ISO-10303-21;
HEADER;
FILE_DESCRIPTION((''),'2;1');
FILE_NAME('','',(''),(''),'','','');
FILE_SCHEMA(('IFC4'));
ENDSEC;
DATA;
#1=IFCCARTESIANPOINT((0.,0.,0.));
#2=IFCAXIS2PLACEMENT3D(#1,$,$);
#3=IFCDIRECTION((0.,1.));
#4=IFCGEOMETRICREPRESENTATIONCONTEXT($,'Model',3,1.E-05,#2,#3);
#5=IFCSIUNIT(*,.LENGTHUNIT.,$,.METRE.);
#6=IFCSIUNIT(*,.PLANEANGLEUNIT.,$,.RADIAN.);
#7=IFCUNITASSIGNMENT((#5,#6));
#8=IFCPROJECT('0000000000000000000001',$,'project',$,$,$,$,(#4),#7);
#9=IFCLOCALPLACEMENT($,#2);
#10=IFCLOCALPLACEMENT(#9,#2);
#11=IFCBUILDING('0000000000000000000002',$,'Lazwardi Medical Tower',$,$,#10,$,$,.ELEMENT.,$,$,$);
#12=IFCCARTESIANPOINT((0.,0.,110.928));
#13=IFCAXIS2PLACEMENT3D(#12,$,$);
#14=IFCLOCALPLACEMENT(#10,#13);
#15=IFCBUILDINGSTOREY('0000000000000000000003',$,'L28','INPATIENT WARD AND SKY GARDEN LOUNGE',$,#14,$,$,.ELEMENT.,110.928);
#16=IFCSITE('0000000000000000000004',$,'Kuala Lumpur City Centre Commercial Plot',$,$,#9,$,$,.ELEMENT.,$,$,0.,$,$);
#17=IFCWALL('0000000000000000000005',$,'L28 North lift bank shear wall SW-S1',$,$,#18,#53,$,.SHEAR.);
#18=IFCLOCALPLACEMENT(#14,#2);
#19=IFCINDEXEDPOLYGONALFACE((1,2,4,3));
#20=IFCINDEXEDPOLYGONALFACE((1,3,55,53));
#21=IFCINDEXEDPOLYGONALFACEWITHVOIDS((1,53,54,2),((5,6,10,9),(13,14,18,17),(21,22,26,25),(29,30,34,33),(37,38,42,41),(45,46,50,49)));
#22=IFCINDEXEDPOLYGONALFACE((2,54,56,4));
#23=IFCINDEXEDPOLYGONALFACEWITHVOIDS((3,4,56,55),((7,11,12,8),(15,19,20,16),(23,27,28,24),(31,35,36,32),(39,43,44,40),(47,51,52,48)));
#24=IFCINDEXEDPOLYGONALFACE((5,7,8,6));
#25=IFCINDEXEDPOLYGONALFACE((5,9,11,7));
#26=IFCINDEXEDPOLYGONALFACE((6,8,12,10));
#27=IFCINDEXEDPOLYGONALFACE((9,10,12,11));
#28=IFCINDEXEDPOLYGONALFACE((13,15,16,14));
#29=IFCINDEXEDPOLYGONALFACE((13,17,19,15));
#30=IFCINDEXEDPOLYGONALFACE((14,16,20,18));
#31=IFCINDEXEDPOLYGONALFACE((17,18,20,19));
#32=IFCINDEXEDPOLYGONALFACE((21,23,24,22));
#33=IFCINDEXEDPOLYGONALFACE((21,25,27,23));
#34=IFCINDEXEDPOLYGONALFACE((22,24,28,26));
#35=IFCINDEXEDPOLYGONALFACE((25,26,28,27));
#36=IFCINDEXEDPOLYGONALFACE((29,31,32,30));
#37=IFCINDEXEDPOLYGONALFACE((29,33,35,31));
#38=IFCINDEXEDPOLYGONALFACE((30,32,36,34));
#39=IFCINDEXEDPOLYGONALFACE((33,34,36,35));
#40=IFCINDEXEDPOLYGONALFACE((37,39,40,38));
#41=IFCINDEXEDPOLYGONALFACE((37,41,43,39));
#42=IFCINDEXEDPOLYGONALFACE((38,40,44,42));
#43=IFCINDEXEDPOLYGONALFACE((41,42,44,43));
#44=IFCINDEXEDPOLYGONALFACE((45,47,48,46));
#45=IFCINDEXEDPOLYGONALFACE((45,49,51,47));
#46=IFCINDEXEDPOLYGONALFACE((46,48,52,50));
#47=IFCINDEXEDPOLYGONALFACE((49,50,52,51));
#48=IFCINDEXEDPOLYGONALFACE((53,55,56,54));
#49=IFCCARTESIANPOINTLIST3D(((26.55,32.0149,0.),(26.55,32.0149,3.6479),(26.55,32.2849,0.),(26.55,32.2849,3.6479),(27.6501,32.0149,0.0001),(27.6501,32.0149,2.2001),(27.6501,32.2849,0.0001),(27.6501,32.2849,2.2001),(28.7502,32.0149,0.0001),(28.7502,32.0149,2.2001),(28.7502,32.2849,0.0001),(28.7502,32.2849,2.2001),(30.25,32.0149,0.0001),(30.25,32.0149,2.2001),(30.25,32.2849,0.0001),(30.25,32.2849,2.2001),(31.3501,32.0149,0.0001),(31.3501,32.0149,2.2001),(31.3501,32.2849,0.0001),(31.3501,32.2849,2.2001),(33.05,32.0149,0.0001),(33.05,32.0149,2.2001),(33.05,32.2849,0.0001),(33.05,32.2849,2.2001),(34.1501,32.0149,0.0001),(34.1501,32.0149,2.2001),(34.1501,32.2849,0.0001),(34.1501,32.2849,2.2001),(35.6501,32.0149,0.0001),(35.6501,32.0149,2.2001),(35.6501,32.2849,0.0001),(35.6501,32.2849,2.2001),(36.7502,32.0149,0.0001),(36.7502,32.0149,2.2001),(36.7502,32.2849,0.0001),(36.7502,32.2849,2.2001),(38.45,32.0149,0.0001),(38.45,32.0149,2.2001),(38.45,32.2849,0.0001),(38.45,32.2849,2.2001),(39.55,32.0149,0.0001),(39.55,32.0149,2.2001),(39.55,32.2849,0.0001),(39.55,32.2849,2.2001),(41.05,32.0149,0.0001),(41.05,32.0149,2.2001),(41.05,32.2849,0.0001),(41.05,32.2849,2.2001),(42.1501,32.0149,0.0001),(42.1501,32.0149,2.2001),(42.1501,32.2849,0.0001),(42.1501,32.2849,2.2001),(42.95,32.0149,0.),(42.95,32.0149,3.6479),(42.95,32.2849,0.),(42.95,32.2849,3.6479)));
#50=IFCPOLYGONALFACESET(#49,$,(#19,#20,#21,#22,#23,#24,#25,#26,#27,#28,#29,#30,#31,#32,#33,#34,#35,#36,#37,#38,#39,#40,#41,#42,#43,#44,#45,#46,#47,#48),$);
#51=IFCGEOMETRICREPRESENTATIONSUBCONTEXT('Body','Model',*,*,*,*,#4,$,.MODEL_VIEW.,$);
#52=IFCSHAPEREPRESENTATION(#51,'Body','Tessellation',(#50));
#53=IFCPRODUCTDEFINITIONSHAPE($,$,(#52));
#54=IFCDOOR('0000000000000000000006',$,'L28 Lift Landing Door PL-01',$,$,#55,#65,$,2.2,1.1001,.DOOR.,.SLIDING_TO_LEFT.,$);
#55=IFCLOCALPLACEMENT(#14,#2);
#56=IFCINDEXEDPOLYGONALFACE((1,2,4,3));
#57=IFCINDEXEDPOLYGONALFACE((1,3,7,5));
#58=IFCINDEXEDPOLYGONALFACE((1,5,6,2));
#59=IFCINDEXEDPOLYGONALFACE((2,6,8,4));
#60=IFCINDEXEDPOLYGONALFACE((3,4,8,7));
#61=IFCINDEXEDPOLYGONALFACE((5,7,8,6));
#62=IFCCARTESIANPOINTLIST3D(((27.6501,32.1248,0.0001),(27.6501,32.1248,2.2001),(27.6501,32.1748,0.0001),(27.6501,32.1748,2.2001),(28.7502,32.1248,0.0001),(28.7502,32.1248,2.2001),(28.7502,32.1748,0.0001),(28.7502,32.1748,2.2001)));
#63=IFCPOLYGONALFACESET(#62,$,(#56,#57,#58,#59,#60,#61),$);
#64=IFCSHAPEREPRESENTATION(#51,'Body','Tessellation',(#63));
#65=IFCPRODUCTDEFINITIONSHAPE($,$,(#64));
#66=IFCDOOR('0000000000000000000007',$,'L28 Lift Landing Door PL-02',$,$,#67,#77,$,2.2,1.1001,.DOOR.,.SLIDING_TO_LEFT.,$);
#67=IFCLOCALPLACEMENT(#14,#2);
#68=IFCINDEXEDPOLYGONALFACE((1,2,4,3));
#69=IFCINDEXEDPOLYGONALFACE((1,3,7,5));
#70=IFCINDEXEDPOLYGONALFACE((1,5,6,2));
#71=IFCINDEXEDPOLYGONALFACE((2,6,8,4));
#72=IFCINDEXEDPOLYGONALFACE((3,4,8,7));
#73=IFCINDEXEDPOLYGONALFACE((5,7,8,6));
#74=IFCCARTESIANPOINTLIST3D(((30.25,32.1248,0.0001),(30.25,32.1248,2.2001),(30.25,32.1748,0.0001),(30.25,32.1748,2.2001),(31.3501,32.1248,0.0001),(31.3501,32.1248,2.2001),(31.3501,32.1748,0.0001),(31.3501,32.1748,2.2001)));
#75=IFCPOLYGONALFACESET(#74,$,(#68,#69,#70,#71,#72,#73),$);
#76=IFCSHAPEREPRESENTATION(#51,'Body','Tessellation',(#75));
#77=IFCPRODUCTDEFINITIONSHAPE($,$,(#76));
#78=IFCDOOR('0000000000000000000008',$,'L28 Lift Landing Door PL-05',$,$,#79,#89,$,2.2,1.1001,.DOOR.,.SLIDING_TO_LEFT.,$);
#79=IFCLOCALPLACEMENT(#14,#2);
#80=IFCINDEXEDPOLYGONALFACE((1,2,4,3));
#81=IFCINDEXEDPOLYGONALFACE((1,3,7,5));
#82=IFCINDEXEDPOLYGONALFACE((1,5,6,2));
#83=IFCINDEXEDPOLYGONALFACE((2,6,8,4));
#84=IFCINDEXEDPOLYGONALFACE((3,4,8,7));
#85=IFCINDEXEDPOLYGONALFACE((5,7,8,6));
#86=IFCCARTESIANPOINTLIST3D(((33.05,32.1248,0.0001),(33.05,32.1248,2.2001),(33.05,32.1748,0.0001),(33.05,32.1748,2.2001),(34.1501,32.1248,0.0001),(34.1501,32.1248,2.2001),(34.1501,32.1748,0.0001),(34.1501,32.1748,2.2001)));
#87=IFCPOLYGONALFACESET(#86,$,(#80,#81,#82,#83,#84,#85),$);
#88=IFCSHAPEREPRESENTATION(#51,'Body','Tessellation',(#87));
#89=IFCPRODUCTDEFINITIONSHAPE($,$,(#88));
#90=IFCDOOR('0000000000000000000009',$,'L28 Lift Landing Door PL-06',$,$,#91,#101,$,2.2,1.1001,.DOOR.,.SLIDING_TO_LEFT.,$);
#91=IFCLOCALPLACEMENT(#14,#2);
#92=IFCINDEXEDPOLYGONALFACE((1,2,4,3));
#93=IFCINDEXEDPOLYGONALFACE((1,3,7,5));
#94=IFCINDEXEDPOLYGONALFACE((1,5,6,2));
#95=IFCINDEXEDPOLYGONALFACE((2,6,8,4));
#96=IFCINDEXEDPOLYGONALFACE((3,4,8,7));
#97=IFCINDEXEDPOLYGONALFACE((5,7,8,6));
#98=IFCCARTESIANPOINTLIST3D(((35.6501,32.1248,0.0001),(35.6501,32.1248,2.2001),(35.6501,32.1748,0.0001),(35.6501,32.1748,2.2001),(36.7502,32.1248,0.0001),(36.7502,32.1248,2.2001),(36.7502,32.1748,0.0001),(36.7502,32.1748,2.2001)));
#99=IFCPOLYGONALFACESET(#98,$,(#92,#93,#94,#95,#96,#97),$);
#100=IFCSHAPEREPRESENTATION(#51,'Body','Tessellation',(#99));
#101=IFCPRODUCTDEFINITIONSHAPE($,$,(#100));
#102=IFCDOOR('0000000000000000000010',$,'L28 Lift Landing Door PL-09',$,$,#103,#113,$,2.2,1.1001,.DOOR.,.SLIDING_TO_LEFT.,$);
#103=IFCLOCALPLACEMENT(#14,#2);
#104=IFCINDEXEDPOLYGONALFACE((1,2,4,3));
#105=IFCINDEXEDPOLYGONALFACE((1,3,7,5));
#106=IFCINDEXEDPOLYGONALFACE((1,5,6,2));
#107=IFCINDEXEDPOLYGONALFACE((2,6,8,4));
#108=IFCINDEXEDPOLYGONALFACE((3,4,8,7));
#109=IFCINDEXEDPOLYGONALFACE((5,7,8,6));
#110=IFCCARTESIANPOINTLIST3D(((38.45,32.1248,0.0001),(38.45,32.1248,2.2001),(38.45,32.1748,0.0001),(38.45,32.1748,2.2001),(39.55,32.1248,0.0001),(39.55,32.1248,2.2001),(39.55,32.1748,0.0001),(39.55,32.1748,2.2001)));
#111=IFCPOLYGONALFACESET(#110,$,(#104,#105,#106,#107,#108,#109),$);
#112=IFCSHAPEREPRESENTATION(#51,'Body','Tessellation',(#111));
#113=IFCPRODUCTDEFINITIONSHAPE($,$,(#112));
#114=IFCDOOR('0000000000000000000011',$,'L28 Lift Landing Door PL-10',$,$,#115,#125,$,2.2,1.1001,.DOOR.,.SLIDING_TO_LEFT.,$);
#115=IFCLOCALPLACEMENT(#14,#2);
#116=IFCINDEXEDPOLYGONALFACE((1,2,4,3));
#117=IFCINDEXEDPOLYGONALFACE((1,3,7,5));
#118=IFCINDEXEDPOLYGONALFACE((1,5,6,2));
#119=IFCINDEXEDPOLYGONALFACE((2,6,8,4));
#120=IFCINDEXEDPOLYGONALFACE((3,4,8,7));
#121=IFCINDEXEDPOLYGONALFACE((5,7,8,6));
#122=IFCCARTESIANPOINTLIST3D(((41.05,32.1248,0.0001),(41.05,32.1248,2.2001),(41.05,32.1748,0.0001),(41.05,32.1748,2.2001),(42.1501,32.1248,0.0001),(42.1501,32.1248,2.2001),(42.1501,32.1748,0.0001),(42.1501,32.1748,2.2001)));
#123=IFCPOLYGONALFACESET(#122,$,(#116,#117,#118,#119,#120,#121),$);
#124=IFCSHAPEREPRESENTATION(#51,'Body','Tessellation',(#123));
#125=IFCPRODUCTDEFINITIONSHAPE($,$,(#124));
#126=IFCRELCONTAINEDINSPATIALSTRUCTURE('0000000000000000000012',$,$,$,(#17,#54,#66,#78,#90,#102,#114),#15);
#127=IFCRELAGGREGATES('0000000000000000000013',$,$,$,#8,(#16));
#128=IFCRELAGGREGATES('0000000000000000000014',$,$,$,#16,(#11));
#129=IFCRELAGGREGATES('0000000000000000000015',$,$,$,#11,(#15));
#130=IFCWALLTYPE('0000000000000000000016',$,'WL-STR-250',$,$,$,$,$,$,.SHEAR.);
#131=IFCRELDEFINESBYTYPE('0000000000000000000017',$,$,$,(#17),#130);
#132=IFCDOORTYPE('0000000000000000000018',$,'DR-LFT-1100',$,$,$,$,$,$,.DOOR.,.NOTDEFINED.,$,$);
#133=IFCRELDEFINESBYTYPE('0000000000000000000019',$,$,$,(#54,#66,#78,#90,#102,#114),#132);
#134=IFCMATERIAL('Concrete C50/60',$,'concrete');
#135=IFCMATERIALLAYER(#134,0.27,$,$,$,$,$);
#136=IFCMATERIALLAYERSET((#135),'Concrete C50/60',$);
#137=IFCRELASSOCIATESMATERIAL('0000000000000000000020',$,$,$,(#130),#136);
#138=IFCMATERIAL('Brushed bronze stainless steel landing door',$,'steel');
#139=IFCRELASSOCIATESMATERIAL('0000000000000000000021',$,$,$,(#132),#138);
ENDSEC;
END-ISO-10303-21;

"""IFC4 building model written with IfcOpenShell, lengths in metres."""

from ifc_helpers import new_model, si_unit, direction, frame, frame_2d, origin, place, context, subcontext, project, spatial, rectangle, extrude, material, layer, layer_set, type_object, element, fill, save


model = new_model("IFC4")

# Units and contexts
model_context = context("Model", 3, precision=1e-05, world=origin(), true_north=direction((0.0, 1.0)))
body_context = subcontext(model_context, "Body", "Model", "MODEL_VIEW")
ifc_project = project(units=[si_unit("LENGTHUNIT", "METRE"), si_unit("PLANEANGLEUNIT", "RADIAN")], contexts=[model_context])

# Site, building, storey
site_placement = place(None, origin())
site = spatial("IfcSite", under=ifc_project, at=site_placement, Name="Kuala Lumpur City Centre Commercial Plot", CompositionType="ELEMENT", RefElevation=0.0)
building_placement = place(site_placement, origin())
building = spatial("IfcBuilding", under=site, at=building_placement, Name="Lazwardi Medical Tower", CompositionType="ELEMENT")
storey_placement = place(building_placement, frame((0.0, 0.0, 110.928)))
storey = spatial("IfcBuildingStorey", under=building, at=storey_placement, Name="L28", Description="INPATIENT WARD AND SKY GARDEN LOUNGE", CompositionType="ELEMENT", Elevation=110.928)

# Wall, openings, doors
ifc_material_1 = material(Name="Concrete C50/60", Category="concrete")
ifc_layer_1 = layer(ifc_material_1, 0.27)
ifc_layer_set_1 = layer_set([ifc_layer_1], Name="Concrete C50/60")
wall_type_1 = type_object("IfcWallType", Name="WL-STR-250", PredefinedType="SHEAR", material=ifc_layer_set_1)
wall_1_placement = place(storey_placement, frame((26.55, 32.1499, 0.0), z_axis=(0.0, 0.0, 1.0), x_axis=(1.0, 0.0, 0.0)))
wall_1 = element("IfcWall", 1, at=wall_1_placement, inside=storey, type_object=wall_type_1, Name="L28 North lift bank shear wall SW-S1", PredefinedType="SHEAR", context=body_context, shape_type="SweptSolid", body=[
    extrude(rectangle(XDim=16.3999, YDim=0.27, at=frame_2d((8.2, 0.0))), origin(), (0.0, 0.0, 1.0), 3.6479),
])
opening_1_placement = place(wall_1_placement, frame((1.1001, 0.0, 0.0)))
opening_1 = element("IfcOpeningElement", 2, at=opening_1_placement, cuts=wall_1, PredefinedType="OPENING", context=body_context, shape_type="SweptSolid", body=[
    extrude(rectangle(XDim=1.1001, YDim=2.2, at=frame_2d((0.55, 1.1001))), frame((0.0, 0.145, 0.0), z_axis=(0.0, -1.0, 0.0), x_axis=(1.0, 0.0, 0.0)), (0.0, 0.0, 1.0), 0.29),
])
opening_2_placement = place(wall_1_placement, frame((3.7, 0.0, 0.0)))
opening_2 = element("IfcOpeningElement", 3, at=opening_2_placement, cuts=wall_1, PredefinedType="OPENING", context=body_context, shape_type="SweptSolid", body=[
    extrude(rectangle(XDim=1.1001, YDim=2.2, at=frame_2d((0.55, 1.1001))), frame((0.0, 0.145, 0.0), z_axis=(0.0, -1.0, 0.0), x_axis=(1.0, 0.0, 0.0)), (0.0, 0.0, 1.0), 0.29),
])
opening_3_placement = place(wall_1_placement, frame((6.5, 0.0, 0.0)))
opening_3 = element("IfcOpeningElement", 4, at=opening_3_placement, cuts=wall_1, PredefinedType="OPENING", context=body_context, shape_type="SweptSolid", body=[
    extrude(rectangle(XDim=1.1001, YDim=2.2, at=frame_2d((0.55, 1.1001))), frame((0.0, 0.145, 0.0), z_axis=(0.0, -1.0, 0.0), x_axis=(1.0, 0.0, 0.0)), (0.0, 0.0, 1.0), 0.29),
])
opening_4_placement = place(wall_1_placement, frame((9.1001, 0.0, 0.0)))
opening_4 = element("IfcOpeningElement", 5, at=opening_4_placement, cuts=wall_1, PredefinedType="OPENING", context=body_context, shape_type="SweptSolid", body=[
    extrude(rectangle(XDim=1.1001, YDim=2.2, at=frame_2d((0.55, 1.1001))), frame((0.0, 0.145, 0.0), z_axis=(0.0, -1.0, 0.0), x_axis=(1.0, 0.0, 0.0)), (0.0, 0.0, 1.0), 0.29),
])
opening_5_placement = place(wall_1_placement, frame((11.8999, 0.0, 0.0)))
opening_5 = element("IfcOpeningElement", 6, at=opening_5_placement, cuts=wall_1, PredefinedType="OPENING", context=body_context, shape_type="SweptSolid", body=[
    extrude(rectangle(XDim=1.1001, YDim=2.2, at=frame_2d((0.55, 1.1001))), frame((0.0, 0.145, 0.0), z_axis=(0.0, -1.0, 0.0), x_axis=(1.0, 0.0, 0.0)), (0.0, 0.0, 1.0), 0.29),
])
opening_6_placement = place(wall_1_placement, frame((14.5, 0.0, 0.0)))
opening_6 = element("IfcOpeningElement", 7, at=opening_6_placement, cuts=wall_1, PredefinedType="OPENING", context=body_context, shape_type="SweptSolid", body=[
    extrude(rectangle(XDim=1.1001, YDim=2.2, at=frame_2d((0.55, 1.1001))), frame((0.0, 0.145, 0.0), z_axis=(0.0, -1.0, 0.0), x_axis=(1.0, 0.0, 0.0)), (0.0, 0.0, 1.0), 0.29),
])
ifc_material_2 = material(Name="Brushed bronze stainless steel landing door", Category="steel")
door_type_1 = type_object("IfcDoorType", Name="DR-LFT-1100", OperationType="NOTDEFINED", PredefinedType="DOOR", material=ifc_material_2)
door_1_placement = place(opening_1_placement, origin())
door_1 = element("IfcDoor", 8, at=door_1_placement, inside=storey, type_object=door_type_1, Name="L28 Lift Landing Door PL-01", OperationType="SLIDING_TO_LEFT", OverallHeight=2.2, OverallWidth=1.1001, PredefinedType="DOOR", context=body_context, shape_type="SweptSolid", body=[
    extrude(rectangle(XDim=1.1001, YDim=2.2, at=frame_2d((0.55, 1.1001))), frame((0.0, 0.0249, 0.0), z_axis=(0.0, -1.0, 0.0), x_axis=(1.0, 0.0, 0.0)), (0.0, 0.0, 1.0), 0.05),
])
fill(opening_1, door_1)
door_2_placement = place(opening_2_placement, origin())
door_2 = element("IfcDoor", 9, at=door_2_placement, inside=storey, type_object=door_type_1, Name="L28 Lift Landing Door PL-02", OperationType="SLIDING_TO_LEFT", OverallHeight=2.2, OverallWidth=1.1001, PredefinedType="DOOR", context=body_context, shape_type="SweptSolid", body=[
    extrude(rectangle(XDim=1.1001, YDim=2.2, at=frame_2d((0.55, 1.1001))), frame((0.0, 0.0249, 0.0), z_axis=(0.0, -1.0, 0.0), x_axis=(1.0, 0.0, 0.0)), (0.0, 0.0, 1.0), 0.05),
])
fill(opening_2, door_2)
door_3_placement = place(opening_3_placement, origin())
door_3 = element("IfcDoor", 10, at=door_3_placement, inside=storey, type_object=door_type_1, Name="L28 Lift Landing Door PL-05", OperationType="SLIDING_TO_LEFT", OverallHeight=2.2, OverallWidth=1.1001, PredefinedType="DOOR", context=body_context, shape_type="SweptSolid", body=[
    extrude(rectangle(XDim=1.1001, YDim=2.2, at=frame_2d((0.55, 1.1001))), frame((0.0, 0.0249, 0.0), z_axis=(0.0, -1.0, 0.0), x_axis=(1.0, 0.0, 0.0)), (0.0, 0.0, 1.0), 0.05),
])
fill(opening_3, door_3)
door_4_placement = place(opening_4_placement, origin())
door_4 = element("IfcDoor", 11, at=door_4_placement, inside=storey, type_object=door_type_1, Name="L28 Lift Landing Door PL-06", OperationType="SLIDING_TO_LEFT", OverallHeight=2.2, OverallWidth=1.1001, PredefinedType="DOOR", context=body_context, shape_type="SweptSolid", body=[
    extrude(rectangle(XDim=1.1001, YDim=2.2, at=frame_2d((0.55, 1.1001))), frame((0.0, 0.0249, 0.0), z_axis=(0.0, -1.0, 0.0), x_axis=(1.0, 0.0, 0.0)), (0.0, 0.0, 1.0), 0.05),
])
fill(opening_4, door_4)
door_5_placement = place(opening_5_placement, origin())
door_5 = element("IfcDoor", 12, at=door_5_placement, inside=storey, type_object=door_type_1, Name="L28 Lift Landing Door PL-09", OperationType="SLIDING_TO_LEFT", OverallHeight=2.2, OverallWidth=1.1001, PredefinedType="DOOR", context=body_context, shape_type="SweptSolid", body=[
    extrude(rectangle(XDim=1.1001, YDim=2.2, at=frame_2d((0.55, 1.1001))), frame((0.0, 0.0249, 0.0), z_axis=(0.0, -1.0, 0.0), x_axis=(1.0, 0.0, 0.0)), (0.0, 0.0, 1.0), 0.05),
])
fill(opening_5, door_5)
door_6_placement = place(opening_6_placement, origin())
door_6 = element("IfcDoor", 13, at=door_6_placement, inside=storey, type_object=door_type_1, Name="L28 Lift Landing Door PL-10", OperationType="SLIDING_TO_LEFT", OverallHeight=2.2, OverallWidth=1.1001, PredefinedType="DOOR", context=body_context, shape_type="SweptSolid", body=[
    extrude(rectangle(XDim=1.1001, YDim=2.2, at=frame_2d((0.55, 1.1001))), frame((0.0, 0.0249, 0.0), z_axis=(0.0, -1.0, 0.0), x_axis=(1.0, 0.0, 0.0)), (0.0, 0.0, 1.0), 0.05),
])
fill(opening_6, door_6)

save(model, "model.ifc")
